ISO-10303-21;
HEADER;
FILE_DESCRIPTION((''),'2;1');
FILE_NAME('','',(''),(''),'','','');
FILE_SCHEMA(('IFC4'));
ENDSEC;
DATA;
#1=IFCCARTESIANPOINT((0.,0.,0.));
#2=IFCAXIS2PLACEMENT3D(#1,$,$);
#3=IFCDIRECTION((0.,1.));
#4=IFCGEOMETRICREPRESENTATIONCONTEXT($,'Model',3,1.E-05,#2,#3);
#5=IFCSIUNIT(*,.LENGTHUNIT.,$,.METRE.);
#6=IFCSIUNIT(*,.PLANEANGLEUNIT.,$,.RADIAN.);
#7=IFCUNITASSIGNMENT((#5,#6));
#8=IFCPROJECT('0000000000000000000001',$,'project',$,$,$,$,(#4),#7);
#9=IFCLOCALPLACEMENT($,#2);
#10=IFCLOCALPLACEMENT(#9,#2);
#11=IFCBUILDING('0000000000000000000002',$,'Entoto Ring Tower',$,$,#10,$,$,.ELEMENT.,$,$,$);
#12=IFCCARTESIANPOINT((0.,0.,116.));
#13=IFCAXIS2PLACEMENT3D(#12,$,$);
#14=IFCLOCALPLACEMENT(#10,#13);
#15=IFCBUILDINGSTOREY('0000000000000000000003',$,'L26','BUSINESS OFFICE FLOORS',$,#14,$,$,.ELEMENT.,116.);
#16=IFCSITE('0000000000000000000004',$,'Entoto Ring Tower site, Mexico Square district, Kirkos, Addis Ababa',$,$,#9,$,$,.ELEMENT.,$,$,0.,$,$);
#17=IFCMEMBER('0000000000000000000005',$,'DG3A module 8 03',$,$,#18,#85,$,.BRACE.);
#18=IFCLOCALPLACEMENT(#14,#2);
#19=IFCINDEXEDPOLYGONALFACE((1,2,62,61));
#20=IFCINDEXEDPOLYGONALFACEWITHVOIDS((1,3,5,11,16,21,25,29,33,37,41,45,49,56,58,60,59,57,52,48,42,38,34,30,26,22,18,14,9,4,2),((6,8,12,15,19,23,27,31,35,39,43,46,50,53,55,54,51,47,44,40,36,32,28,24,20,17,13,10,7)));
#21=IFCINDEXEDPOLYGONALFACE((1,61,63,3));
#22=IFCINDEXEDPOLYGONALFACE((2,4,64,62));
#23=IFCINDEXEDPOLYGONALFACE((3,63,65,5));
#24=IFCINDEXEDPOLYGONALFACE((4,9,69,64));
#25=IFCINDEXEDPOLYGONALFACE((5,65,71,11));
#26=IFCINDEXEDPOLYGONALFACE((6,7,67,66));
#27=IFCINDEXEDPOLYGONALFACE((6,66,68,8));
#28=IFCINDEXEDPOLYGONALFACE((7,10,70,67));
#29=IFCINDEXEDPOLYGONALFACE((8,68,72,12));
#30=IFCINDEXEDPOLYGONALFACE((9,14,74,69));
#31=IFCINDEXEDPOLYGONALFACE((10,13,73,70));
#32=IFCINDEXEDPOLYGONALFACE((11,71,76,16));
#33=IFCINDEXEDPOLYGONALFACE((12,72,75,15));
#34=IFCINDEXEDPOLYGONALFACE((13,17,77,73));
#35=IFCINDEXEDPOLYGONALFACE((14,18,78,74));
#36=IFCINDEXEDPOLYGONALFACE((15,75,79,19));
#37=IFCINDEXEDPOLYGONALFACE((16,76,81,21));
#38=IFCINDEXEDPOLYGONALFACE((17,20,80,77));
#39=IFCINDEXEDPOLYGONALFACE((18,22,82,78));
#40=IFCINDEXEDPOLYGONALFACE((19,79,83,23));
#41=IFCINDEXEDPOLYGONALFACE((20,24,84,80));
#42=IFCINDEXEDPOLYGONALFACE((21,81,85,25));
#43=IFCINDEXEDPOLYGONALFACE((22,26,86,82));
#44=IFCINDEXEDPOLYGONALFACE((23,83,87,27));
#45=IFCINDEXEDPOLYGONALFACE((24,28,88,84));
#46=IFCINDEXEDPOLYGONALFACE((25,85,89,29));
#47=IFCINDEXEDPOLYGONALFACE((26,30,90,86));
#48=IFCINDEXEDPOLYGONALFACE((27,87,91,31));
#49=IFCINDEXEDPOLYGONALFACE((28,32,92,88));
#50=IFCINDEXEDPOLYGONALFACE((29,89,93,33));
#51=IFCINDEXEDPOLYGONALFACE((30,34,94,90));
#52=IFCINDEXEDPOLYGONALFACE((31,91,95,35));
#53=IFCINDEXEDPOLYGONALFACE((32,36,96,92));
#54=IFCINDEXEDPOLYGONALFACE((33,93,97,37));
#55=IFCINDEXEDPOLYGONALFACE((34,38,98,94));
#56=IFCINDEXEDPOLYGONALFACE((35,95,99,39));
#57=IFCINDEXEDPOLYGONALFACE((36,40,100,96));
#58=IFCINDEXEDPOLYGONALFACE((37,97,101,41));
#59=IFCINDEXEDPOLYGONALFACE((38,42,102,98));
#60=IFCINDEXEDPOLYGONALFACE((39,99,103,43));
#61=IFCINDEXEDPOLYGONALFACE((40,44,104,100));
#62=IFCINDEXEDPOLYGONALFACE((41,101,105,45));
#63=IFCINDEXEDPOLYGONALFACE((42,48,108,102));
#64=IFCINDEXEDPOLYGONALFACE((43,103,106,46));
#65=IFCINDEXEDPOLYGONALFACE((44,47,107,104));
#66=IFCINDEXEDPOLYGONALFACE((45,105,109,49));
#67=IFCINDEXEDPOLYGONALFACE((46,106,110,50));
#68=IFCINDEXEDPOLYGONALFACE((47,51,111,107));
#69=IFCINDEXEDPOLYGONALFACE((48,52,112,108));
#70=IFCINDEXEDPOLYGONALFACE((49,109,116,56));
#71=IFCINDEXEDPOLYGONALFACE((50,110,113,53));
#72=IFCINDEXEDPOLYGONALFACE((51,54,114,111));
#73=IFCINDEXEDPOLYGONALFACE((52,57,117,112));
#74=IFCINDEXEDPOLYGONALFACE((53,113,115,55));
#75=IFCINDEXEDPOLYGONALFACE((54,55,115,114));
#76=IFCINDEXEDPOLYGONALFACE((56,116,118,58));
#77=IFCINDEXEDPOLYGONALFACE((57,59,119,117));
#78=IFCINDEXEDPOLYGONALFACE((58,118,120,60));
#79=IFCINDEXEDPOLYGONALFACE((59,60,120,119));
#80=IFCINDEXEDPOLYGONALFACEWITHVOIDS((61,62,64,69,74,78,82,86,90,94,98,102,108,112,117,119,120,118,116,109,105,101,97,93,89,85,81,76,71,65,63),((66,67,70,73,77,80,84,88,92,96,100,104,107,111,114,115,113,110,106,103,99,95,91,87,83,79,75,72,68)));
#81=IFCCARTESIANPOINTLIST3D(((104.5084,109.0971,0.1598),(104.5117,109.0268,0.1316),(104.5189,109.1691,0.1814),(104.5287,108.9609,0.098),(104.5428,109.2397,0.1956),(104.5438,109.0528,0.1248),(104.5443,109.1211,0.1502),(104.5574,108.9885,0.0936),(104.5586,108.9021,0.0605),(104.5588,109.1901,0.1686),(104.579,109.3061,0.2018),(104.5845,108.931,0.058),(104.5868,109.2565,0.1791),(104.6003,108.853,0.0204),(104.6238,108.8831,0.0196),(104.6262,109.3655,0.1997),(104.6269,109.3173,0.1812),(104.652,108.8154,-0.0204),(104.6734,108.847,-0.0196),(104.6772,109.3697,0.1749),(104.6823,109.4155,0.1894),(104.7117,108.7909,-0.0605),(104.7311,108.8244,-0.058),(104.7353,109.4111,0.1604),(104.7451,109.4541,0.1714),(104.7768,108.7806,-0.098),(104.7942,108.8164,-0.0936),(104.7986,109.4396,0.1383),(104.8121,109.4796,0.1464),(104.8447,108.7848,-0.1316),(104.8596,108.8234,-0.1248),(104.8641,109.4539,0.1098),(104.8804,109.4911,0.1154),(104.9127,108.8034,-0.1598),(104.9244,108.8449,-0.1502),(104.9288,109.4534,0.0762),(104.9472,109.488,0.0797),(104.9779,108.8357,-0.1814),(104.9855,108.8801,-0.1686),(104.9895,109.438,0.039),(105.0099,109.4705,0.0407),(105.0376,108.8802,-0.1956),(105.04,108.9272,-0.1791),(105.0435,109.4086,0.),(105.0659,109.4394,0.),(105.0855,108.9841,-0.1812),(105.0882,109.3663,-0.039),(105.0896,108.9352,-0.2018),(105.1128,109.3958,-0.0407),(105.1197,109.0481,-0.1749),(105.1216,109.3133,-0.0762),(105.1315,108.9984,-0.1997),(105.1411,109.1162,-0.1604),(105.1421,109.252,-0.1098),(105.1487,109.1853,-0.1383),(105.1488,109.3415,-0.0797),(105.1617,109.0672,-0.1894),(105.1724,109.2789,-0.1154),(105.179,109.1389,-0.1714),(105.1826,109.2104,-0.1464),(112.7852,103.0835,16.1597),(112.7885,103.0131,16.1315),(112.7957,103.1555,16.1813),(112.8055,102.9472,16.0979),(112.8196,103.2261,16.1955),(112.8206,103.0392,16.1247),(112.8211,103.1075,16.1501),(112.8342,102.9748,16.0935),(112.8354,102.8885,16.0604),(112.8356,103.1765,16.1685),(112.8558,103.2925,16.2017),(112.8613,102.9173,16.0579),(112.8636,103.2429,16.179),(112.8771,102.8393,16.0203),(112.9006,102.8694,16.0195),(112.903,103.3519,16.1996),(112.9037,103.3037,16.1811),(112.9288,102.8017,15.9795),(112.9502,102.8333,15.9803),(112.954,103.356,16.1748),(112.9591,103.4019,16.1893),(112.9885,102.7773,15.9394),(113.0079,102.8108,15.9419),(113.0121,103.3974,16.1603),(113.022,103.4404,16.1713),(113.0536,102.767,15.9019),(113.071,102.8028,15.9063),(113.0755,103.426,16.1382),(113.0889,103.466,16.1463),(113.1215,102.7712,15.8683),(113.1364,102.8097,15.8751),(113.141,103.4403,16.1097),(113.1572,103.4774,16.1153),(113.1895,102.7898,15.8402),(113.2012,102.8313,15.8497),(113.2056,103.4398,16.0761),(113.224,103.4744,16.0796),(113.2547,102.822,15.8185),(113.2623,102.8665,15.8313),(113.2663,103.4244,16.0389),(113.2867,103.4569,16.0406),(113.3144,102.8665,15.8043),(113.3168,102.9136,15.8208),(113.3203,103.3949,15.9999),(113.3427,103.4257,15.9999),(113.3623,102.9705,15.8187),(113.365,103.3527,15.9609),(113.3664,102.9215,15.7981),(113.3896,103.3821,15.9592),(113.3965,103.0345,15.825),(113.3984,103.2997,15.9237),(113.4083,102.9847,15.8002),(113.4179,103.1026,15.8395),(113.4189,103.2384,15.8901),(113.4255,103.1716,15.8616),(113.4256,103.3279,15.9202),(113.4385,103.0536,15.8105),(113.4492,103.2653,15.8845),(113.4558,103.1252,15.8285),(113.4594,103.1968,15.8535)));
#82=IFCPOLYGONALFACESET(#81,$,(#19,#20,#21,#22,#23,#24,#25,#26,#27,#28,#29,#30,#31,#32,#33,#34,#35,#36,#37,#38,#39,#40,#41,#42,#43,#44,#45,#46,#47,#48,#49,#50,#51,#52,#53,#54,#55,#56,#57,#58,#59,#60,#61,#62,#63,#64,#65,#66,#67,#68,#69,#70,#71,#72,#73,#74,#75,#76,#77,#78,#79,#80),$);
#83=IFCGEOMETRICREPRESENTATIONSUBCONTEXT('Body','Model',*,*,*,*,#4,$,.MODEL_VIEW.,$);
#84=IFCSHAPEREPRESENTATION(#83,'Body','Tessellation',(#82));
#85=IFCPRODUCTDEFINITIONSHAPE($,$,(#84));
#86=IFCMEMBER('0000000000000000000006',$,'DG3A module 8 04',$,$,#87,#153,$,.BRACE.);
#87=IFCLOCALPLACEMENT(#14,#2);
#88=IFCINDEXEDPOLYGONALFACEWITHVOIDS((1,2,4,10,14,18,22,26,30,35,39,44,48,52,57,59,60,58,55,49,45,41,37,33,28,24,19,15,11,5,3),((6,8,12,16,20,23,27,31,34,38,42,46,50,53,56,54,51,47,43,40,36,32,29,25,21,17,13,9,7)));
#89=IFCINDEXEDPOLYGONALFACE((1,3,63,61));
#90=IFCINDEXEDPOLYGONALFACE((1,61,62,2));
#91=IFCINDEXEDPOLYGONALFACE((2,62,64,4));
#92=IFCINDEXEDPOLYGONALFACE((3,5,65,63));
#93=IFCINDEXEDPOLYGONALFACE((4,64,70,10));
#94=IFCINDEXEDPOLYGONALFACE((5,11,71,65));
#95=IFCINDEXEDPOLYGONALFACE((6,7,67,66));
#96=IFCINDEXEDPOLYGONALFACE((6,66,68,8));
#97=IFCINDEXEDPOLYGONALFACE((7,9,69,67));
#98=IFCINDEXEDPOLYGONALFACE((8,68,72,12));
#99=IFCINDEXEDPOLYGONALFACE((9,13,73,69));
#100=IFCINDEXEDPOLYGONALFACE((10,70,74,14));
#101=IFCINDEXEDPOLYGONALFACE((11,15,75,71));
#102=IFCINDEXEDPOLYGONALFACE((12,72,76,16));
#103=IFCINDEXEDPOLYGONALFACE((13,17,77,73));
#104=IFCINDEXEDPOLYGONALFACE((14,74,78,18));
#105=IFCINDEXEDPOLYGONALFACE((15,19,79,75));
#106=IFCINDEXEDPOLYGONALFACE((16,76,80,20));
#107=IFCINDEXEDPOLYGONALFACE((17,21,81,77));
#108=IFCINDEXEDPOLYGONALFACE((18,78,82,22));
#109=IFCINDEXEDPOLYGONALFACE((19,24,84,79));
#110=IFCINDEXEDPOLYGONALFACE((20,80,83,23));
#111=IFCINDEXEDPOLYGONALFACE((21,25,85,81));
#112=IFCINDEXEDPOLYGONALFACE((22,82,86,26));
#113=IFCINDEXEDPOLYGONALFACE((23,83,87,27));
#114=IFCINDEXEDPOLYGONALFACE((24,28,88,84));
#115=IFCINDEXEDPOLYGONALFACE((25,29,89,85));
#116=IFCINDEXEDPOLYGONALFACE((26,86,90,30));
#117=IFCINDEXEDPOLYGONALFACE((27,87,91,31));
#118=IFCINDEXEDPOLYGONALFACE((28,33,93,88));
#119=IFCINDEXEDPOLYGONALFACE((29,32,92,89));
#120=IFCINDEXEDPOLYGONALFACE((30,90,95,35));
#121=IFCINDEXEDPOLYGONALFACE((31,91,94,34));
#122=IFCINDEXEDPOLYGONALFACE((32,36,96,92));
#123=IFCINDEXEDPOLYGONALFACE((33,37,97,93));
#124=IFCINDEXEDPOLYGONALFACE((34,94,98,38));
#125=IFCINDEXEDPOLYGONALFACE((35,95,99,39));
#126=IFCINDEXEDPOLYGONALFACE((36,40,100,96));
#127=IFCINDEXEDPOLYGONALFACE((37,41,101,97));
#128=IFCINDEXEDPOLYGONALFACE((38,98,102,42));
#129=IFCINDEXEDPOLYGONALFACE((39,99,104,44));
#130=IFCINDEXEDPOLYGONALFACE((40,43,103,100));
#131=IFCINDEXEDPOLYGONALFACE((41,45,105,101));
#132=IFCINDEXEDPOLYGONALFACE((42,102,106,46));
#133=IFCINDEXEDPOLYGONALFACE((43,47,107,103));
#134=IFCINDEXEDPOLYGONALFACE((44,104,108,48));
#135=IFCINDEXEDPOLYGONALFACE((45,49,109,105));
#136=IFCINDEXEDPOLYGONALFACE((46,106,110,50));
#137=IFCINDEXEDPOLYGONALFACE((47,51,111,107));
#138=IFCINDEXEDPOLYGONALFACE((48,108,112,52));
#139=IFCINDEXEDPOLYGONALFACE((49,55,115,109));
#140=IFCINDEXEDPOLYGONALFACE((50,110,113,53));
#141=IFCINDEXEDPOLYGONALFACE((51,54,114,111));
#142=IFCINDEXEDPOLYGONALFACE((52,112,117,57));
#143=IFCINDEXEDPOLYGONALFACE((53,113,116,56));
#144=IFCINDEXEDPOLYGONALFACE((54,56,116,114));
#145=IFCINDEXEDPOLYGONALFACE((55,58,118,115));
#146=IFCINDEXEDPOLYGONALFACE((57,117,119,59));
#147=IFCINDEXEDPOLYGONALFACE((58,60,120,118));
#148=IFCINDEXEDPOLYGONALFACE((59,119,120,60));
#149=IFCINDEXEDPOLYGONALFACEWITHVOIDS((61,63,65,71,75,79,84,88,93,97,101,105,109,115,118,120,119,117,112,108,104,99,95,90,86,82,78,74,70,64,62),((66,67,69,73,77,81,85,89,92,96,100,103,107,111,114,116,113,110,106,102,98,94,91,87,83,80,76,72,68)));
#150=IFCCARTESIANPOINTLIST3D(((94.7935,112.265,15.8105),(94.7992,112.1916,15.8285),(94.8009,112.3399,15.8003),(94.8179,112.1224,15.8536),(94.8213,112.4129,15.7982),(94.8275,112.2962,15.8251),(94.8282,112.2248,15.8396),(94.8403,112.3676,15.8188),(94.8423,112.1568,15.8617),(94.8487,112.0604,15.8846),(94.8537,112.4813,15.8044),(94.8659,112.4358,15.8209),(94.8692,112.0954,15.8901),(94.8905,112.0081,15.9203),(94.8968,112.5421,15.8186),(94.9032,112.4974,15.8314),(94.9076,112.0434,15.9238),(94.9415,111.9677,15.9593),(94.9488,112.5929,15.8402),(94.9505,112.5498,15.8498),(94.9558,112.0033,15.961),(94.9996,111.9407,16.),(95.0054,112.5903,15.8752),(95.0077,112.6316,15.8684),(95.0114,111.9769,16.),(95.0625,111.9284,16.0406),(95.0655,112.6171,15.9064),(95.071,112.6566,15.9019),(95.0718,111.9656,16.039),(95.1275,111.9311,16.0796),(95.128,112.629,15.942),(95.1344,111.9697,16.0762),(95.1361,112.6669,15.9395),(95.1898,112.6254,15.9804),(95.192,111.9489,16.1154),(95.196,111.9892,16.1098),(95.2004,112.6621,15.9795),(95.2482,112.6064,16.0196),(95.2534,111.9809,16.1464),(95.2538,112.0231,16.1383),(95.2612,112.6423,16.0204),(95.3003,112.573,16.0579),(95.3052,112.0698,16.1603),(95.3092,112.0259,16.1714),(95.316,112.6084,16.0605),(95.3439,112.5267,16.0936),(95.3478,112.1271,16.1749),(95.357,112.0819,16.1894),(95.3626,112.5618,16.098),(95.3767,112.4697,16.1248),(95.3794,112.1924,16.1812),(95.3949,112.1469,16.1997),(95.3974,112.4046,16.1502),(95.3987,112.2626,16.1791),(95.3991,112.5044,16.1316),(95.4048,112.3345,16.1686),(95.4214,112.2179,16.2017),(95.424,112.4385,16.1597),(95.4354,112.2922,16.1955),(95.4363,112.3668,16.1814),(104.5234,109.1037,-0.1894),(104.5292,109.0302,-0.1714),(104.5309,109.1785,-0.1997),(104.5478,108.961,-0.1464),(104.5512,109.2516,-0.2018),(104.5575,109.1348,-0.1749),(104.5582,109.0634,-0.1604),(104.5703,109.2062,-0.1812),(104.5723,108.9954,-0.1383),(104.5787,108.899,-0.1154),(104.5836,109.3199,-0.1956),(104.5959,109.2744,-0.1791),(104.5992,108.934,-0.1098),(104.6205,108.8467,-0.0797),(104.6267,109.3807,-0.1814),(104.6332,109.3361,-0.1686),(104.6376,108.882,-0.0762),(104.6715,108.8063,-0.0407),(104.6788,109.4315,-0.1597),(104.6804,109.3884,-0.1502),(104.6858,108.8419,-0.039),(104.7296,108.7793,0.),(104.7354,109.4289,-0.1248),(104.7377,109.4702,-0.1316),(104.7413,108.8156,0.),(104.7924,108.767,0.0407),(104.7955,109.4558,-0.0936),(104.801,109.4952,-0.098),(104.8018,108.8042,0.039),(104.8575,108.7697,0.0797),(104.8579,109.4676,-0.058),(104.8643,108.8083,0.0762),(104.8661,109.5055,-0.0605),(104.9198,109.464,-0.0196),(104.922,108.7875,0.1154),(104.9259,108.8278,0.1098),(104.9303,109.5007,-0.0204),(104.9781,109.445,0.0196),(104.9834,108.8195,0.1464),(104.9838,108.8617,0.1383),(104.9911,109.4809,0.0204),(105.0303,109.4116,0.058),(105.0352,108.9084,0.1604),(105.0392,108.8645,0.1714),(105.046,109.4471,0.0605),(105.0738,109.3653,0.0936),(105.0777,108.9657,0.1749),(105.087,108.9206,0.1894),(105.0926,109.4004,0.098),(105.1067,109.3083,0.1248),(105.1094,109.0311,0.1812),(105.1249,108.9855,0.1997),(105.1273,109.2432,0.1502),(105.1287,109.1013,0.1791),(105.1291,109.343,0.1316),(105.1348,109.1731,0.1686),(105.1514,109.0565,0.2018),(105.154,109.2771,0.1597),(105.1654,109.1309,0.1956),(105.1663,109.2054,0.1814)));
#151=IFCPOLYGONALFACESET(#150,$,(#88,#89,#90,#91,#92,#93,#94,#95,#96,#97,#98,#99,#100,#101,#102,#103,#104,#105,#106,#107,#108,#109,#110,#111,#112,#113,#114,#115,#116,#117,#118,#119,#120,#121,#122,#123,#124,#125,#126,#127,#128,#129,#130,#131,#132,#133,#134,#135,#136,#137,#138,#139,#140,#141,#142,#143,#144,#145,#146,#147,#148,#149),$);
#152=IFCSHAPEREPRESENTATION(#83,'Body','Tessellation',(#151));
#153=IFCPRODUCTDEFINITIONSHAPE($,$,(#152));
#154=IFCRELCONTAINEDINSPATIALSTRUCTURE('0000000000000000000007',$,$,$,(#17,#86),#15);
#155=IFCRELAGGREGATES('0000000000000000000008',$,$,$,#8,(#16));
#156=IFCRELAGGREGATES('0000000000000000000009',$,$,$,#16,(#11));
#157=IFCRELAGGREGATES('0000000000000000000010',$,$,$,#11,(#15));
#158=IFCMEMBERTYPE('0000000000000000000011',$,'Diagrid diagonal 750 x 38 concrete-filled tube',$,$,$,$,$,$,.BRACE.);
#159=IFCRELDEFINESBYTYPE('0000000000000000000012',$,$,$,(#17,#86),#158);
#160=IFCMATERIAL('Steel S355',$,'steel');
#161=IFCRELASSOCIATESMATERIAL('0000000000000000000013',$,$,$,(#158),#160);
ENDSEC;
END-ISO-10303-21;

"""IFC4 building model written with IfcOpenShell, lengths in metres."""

from ifc_helpers import new_model, si_unit, direction, frame, origin, origin_2d, place, context, subcontext, project, spatial, circle, hollow_circle, extrude, material, material_profile, profile_set, type_object, element, save


model = new_model("IFC4")

# Units and contexts
model_context = context("Model", 3, precision=1e-05, world=origin(), true_north=direction((0.0, 1.0)))
body_context = subcontext(model_context, "Body", "Model", "MODEL_VIEW")
ifc_project = project(units=[si_unit("LENGTHUNIT", "METRE"), si_unit("PLANEANGLEUNIT", "RADIAN")], contexts=[model_context])

# Site, building, storey
site_placement = place(None, origin())
site = spatial("IfcSite", under=ifc_project, at=site_placement, Name="Entoto Ring Tower site, Mexico Square district, Kirkos, Addis Ababa", CompositionType="ELEMENT", RefElevation=0.0)
building_placement = place(site_placement, origin())
building = spatial("IfcBuilding", under=site, at=building_placement, Name="Entoto Ring Tower", CompositionType="ELEMENT")
storey_placement = place(building_placement, frame((0.0, 0.0, 116.0)))
storey = spatial("IfcBuildingStorey", under=building, at=storey_placement, Name="L26", Description="BUSINESS OFFICE FLOORS", CompositionType="ELEMENT", Elevation=116.0)

# Members
ifc_material_1 = material(Name="Steel S355", Category="steel")
ifc_material_profile_1 = material_profile(ifc_material_1, hollow_circle(Radius=0.375, WallThickness=0.0381, at=origin_2d()), Name="CHS 750 x 38")
ifc_material_2 = material(Name="Concrete C60/75", Category="concrete")
ifc_material_profile_2 = material_profile(ifc_material_2, circle(Radius=0.3369, at=origin_2d()), Name="Concrete C60/75 infill")
ifc_profile_set_1 = profile_set([ifc_material_profile_1, ifc_material_profile_2], Name="Steel S355")
member_type_1 = type_object("IfcMemberType", Name="Diagrid diagonal 750 x 38 concrete-filled tube", PredefinedType="BRACE", material=ifc_profile_set_1)
for number, where, z_axis, x_axis, name in (
    (1, (104.8455, 109.136, 0.0), (0.435823, -0.316654, 0.84249), (0.587797, 0.809008, 0.0), "DG3A module 8 03"),
    (2, (104.8455, 109.136, 0.0), (-0.512341, 0.166465, 0.842494), (-0.309009, -0.951059, 0.0), "DG3A module 8 04"),
):
    element("IfcMember", number, at=place(storey_placement, frame(where, z_axis=z_axis, x_axis=x_axis)), inside=storey, type_object=member_type_1, Name=name, PredefinedType="BRACE", context=body_context, shape_type="SweptSolid", body=[
        extrude(hollow_circle(Radius=0.375, WallThickness=0.0381, at=origin_2d()), origin(), (0.0, 0.0, 1.0), 18.9912),
    ])

save(model, "model.ifc")
